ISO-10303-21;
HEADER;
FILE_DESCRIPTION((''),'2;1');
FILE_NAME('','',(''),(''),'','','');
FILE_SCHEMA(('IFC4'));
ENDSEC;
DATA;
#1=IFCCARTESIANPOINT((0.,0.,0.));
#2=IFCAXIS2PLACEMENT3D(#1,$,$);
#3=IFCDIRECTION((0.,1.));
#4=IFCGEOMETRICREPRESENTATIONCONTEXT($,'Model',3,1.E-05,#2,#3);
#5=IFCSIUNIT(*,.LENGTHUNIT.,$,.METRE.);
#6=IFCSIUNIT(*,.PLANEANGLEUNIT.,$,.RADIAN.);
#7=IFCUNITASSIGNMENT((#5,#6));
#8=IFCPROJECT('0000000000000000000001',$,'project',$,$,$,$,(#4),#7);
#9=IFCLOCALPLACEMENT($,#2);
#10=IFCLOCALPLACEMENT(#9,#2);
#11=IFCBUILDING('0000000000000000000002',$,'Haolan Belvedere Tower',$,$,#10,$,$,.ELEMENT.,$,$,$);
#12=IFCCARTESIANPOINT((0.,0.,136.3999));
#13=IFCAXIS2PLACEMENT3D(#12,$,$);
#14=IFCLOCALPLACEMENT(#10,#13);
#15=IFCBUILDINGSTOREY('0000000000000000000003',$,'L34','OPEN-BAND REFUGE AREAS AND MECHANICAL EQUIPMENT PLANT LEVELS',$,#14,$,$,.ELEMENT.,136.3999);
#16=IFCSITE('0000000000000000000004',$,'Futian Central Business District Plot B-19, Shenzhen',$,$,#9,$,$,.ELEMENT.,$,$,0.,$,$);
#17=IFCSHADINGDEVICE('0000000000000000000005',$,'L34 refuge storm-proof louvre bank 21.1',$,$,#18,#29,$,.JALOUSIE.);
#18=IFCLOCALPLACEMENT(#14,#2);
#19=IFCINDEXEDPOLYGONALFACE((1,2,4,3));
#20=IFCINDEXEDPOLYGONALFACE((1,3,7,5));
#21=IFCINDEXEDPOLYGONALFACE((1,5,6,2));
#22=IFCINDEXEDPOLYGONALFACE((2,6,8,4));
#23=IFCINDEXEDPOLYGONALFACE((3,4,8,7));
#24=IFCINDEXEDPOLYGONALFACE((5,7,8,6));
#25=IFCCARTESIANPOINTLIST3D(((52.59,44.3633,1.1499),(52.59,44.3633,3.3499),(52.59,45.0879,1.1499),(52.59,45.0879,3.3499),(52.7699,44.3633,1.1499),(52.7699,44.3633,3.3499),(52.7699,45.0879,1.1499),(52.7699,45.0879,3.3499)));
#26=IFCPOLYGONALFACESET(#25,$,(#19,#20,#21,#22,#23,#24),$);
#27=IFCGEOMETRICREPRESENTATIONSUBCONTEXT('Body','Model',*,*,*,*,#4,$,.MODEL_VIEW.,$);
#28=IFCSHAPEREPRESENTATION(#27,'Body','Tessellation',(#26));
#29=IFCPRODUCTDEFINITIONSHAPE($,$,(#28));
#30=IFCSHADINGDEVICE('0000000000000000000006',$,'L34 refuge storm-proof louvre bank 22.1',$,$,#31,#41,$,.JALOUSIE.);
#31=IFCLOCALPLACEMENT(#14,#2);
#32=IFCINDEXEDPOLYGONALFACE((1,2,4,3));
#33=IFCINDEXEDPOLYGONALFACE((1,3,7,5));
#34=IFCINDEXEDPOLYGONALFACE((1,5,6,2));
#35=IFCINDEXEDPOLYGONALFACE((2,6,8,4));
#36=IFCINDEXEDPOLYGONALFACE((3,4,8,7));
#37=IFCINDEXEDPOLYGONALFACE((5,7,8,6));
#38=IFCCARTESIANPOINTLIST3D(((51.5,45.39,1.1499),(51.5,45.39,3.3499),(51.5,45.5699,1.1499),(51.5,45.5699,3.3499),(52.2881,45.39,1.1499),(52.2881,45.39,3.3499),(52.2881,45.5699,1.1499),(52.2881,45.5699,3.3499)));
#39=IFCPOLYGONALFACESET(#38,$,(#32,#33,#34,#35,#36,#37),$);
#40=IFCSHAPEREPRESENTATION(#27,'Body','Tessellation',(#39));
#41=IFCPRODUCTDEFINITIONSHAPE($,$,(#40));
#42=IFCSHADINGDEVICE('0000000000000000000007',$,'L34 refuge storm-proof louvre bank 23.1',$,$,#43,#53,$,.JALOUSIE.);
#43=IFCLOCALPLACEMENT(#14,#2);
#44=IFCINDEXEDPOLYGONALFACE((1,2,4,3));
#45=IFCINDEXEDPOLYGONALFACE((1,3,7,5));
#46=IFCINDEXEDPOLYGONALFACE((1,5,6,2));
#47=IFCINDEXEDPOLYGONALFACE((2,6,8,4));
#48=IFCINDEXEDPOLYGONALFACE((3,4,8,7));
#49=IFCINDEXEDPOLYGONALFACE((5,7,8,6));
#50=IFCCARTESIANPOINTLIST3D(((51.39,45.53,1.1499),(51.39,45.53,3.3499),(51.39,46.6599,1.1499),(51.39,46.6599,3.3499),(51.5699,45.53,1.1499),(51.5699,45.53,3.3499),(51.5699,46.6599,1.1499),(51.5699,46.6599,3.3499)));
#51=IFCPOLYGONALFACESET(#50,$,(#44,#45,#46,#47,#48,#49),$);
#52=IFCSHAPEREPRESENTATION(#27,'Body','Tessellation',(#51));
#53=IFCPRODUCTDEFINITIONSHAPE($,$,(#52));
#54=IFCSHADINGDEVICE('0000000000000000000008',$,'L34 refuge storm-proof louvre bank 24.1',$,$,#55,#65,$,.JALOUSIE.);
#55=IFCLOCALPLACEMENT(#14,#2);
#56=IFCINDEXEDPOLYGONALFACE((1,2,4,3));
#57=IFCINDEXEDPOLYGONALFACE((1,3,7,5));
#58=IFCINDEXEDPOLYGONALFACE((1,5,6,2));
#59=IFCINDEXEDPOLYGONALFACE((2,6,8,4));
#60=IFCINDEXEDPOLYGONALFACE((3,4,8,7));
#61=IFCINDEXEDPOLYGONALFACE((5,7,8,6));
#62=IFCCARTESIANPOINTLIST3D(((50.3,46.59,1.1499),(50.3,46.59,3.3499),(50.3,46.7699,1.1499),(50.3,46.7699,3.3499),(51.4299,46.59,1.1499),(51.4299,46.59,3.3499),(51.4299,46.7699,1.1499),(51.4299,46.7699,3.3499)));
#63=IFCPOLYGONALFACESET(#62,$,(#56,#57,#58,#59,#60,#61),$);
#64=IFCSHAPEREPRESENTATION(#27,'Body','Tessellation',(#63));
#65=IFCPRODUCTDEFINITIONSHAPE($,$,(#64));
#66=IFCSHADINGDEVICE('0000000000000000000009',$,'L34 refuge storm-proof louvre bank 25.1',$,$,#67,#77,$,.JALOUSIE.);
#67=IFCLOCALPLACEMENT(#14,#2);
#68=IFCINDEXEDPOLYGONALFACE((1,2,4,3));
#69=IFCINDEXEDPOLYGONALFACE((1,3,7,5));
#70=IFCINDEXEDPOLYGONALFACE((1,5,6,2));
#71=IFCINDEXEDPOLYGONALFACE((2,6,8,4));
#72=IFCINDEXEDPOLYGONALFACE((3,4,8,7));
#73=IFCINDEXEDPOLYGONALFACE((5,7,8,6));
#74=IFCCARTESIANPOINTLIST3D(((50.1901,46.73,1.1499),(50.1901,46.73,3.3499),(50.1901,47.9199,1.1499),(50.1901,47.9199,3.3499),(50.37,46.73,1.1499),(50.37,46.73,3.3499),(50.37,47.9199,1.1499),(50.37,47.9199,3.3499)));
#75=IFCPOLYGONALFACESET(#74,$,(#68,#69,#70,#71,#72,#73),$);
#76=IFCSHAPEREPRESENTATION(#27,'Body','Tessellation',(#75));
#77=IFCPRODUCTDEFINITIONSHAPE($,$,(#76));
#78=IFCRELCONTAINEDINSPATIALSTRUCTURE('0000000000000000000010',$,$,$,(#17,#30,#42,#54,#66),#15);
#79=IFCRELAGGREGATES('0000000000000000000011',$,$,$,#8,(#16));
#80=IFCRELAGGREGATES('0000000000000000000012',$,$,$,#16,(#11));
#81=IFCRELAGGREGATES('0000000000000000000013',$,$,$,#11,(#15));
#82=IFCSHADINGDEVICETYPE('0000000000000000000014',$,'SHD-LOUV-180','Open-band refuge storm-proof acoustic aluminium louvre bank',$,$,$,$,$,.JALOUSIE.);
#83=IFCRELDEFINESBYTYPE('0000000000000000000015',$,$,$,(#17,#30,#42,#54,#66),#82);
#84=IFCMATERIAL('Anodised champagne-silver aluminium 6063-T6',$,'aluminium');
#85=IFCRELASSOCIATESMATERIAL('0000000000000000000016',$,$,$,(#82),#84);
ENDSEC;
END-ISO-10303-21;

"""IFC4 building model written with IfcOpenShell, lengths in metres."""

from ifc_helpers import new_model, si_unit, direction, frame, origin, origin_2d, place, context, subcontext, project, spatial, rectangle, extrude, material, type_object, element, save


model = new_model("IFC4")

# Units and contexts
model_context = context("Model", 3, precision=1e-05, world=origin(), true_north=direction((0.0, 1.0)))
body_context = subcontext(model_context, "Body", "Model", "MODEL_VIEW")
ifc_project = project(units=[si_unit("LENGTHUNIT", "METRE"), si_unit("PLANEANGLEUNIT", "RADIAN")], contexts=[model_context])

# Site, building, storey
site_placement = place(None, origin())
site = spatial("IfcSite", under=ifc_project, at=site_placement, Name="Futian Central Business District Plot B-19, Shenzhen", CompositionType="ELEMENT", RefElevation=0.0)
building_placement = place(site_placement, origin())
building = spatial("IfcBuilding", under=site, at=building_placement, Name="Haolan Belvedere Tower", CompositionType="ELEMENT")
storey_placement = place(building_placement, frame((0.0, 0.0, 136.3999)))
storey = spatial("IfcBuildingStorey", under=building, at=storey_placement, Name="L34", Description="OPEN-BAND REFUGE AREAS AND MECHANICAL EQUIPMENT PLANT LEVELS", CompositionType="ELEMENT", Elevation=136.3999)

# Shading devices
ifc_material_1 = material(Name="Anodised champagne-silver aluminium 6063-T6", Category="aluminium")
shading_device_type = type_object("IfcShadingDeviceType", Name="SHD-LOUV-180", Description="Open-band refuge storm-proof acoustic aluminium louvre bank", PredefinedType="JALOUSIE", material=ifc_material_1)
shading_device_1_placement = place(storey_placement, frame((52.6799, 44.7256, 1.1499), z_axis=(0.0, 0.0, 1.0), x_axis=(0.0, 1.0, 0.0)))
element("IfcShadingDevice", 1, at=shading_device_1_placement, inside=storey, type_object=shading_device_type, Name="L34 refuge storm-proof louvre bank 21.1", PredefinedType="JALOUSIE", context=body_context, shape_type="SweptSolid", body=[
    extrude(rectangle(XDim=0.7246, YDim=0.1799, at=origin_2d()), origin(), (0.0, 0.0, 1.0), 2.2),
])
shading_device_2_placement = place(storey_placement, frame((51.894, 45.48, 1.1499), z_axis=(0.0, 0.0, 1.0), x_axis=(-1.0, 0.0, 0.0)))
element("IfcShadingDevice", 2, at=shading_device_2_placement, inside=storey, type_object=shading_device_type, Name="L34 refuge storm-proof louvre bank 22.1", PredefinedType="JALOUSIE", context=body_context, shape_type="SweptSolid", body=[
    extrude(rectangle(XDim=0.7881, YDim=0.1799, at=origin_2d()), origin(), (0.0, 0.0, 1.0), 2.2),
])
for number, where, z_axis, x_axis, name in (
    (3, (51.48, 46.095, 1.1499), (0.0, 0.0, 1.0), (0.0, 1.0, 0.0), "L34 refuge storm-proof louvre bank 23.1"),
    (4, (50.865, 46.6799, 1.1499), (0.0, 0.0, 1.0), (-1.0, 0.0, 0.0), "L34 refuge storm-proof louvre bank 24.1"),
):
    element("IfcShadingDevice", number, at=place(storey_placement, frame(where, z_axis=z_axis, x_axis=x_axis)), inside=storey, type_object=shading_device_type, Name=name, PredefinedType="JALOUSIE", context=body_context, shape_type="SweptSolid", body=[
        extrude(rectangle(XDim=1.1299, YDim=0.1799, at=origin_2d()), origin(), (0.0, 0.0, 1.0), 2.2),
    ])
shading_device_3_placement = place(storey_placement, frame((50.28, 47.325, 1.1499), z_axis=(0.0, 0.0, 1.0), x_axis=(0.0, 1.0, 0.0)))
element("IfcShadingDevice", 5, at=shading_device_3_placement, inside=storey, type_object=shading_device_type, Name="L34 refuge storm-proof louvre bank 25.1", PredefinedType="JALOUSIE", context=body_context, shape_type="SweptSolid", body=[
    extrude(rectangle(XDim=1.1899, YDim=0.1799, at=origin_2d()), origin(), (0.0, 0.0, 1.0), 2.2),
])

save(model, "model.ifc")
